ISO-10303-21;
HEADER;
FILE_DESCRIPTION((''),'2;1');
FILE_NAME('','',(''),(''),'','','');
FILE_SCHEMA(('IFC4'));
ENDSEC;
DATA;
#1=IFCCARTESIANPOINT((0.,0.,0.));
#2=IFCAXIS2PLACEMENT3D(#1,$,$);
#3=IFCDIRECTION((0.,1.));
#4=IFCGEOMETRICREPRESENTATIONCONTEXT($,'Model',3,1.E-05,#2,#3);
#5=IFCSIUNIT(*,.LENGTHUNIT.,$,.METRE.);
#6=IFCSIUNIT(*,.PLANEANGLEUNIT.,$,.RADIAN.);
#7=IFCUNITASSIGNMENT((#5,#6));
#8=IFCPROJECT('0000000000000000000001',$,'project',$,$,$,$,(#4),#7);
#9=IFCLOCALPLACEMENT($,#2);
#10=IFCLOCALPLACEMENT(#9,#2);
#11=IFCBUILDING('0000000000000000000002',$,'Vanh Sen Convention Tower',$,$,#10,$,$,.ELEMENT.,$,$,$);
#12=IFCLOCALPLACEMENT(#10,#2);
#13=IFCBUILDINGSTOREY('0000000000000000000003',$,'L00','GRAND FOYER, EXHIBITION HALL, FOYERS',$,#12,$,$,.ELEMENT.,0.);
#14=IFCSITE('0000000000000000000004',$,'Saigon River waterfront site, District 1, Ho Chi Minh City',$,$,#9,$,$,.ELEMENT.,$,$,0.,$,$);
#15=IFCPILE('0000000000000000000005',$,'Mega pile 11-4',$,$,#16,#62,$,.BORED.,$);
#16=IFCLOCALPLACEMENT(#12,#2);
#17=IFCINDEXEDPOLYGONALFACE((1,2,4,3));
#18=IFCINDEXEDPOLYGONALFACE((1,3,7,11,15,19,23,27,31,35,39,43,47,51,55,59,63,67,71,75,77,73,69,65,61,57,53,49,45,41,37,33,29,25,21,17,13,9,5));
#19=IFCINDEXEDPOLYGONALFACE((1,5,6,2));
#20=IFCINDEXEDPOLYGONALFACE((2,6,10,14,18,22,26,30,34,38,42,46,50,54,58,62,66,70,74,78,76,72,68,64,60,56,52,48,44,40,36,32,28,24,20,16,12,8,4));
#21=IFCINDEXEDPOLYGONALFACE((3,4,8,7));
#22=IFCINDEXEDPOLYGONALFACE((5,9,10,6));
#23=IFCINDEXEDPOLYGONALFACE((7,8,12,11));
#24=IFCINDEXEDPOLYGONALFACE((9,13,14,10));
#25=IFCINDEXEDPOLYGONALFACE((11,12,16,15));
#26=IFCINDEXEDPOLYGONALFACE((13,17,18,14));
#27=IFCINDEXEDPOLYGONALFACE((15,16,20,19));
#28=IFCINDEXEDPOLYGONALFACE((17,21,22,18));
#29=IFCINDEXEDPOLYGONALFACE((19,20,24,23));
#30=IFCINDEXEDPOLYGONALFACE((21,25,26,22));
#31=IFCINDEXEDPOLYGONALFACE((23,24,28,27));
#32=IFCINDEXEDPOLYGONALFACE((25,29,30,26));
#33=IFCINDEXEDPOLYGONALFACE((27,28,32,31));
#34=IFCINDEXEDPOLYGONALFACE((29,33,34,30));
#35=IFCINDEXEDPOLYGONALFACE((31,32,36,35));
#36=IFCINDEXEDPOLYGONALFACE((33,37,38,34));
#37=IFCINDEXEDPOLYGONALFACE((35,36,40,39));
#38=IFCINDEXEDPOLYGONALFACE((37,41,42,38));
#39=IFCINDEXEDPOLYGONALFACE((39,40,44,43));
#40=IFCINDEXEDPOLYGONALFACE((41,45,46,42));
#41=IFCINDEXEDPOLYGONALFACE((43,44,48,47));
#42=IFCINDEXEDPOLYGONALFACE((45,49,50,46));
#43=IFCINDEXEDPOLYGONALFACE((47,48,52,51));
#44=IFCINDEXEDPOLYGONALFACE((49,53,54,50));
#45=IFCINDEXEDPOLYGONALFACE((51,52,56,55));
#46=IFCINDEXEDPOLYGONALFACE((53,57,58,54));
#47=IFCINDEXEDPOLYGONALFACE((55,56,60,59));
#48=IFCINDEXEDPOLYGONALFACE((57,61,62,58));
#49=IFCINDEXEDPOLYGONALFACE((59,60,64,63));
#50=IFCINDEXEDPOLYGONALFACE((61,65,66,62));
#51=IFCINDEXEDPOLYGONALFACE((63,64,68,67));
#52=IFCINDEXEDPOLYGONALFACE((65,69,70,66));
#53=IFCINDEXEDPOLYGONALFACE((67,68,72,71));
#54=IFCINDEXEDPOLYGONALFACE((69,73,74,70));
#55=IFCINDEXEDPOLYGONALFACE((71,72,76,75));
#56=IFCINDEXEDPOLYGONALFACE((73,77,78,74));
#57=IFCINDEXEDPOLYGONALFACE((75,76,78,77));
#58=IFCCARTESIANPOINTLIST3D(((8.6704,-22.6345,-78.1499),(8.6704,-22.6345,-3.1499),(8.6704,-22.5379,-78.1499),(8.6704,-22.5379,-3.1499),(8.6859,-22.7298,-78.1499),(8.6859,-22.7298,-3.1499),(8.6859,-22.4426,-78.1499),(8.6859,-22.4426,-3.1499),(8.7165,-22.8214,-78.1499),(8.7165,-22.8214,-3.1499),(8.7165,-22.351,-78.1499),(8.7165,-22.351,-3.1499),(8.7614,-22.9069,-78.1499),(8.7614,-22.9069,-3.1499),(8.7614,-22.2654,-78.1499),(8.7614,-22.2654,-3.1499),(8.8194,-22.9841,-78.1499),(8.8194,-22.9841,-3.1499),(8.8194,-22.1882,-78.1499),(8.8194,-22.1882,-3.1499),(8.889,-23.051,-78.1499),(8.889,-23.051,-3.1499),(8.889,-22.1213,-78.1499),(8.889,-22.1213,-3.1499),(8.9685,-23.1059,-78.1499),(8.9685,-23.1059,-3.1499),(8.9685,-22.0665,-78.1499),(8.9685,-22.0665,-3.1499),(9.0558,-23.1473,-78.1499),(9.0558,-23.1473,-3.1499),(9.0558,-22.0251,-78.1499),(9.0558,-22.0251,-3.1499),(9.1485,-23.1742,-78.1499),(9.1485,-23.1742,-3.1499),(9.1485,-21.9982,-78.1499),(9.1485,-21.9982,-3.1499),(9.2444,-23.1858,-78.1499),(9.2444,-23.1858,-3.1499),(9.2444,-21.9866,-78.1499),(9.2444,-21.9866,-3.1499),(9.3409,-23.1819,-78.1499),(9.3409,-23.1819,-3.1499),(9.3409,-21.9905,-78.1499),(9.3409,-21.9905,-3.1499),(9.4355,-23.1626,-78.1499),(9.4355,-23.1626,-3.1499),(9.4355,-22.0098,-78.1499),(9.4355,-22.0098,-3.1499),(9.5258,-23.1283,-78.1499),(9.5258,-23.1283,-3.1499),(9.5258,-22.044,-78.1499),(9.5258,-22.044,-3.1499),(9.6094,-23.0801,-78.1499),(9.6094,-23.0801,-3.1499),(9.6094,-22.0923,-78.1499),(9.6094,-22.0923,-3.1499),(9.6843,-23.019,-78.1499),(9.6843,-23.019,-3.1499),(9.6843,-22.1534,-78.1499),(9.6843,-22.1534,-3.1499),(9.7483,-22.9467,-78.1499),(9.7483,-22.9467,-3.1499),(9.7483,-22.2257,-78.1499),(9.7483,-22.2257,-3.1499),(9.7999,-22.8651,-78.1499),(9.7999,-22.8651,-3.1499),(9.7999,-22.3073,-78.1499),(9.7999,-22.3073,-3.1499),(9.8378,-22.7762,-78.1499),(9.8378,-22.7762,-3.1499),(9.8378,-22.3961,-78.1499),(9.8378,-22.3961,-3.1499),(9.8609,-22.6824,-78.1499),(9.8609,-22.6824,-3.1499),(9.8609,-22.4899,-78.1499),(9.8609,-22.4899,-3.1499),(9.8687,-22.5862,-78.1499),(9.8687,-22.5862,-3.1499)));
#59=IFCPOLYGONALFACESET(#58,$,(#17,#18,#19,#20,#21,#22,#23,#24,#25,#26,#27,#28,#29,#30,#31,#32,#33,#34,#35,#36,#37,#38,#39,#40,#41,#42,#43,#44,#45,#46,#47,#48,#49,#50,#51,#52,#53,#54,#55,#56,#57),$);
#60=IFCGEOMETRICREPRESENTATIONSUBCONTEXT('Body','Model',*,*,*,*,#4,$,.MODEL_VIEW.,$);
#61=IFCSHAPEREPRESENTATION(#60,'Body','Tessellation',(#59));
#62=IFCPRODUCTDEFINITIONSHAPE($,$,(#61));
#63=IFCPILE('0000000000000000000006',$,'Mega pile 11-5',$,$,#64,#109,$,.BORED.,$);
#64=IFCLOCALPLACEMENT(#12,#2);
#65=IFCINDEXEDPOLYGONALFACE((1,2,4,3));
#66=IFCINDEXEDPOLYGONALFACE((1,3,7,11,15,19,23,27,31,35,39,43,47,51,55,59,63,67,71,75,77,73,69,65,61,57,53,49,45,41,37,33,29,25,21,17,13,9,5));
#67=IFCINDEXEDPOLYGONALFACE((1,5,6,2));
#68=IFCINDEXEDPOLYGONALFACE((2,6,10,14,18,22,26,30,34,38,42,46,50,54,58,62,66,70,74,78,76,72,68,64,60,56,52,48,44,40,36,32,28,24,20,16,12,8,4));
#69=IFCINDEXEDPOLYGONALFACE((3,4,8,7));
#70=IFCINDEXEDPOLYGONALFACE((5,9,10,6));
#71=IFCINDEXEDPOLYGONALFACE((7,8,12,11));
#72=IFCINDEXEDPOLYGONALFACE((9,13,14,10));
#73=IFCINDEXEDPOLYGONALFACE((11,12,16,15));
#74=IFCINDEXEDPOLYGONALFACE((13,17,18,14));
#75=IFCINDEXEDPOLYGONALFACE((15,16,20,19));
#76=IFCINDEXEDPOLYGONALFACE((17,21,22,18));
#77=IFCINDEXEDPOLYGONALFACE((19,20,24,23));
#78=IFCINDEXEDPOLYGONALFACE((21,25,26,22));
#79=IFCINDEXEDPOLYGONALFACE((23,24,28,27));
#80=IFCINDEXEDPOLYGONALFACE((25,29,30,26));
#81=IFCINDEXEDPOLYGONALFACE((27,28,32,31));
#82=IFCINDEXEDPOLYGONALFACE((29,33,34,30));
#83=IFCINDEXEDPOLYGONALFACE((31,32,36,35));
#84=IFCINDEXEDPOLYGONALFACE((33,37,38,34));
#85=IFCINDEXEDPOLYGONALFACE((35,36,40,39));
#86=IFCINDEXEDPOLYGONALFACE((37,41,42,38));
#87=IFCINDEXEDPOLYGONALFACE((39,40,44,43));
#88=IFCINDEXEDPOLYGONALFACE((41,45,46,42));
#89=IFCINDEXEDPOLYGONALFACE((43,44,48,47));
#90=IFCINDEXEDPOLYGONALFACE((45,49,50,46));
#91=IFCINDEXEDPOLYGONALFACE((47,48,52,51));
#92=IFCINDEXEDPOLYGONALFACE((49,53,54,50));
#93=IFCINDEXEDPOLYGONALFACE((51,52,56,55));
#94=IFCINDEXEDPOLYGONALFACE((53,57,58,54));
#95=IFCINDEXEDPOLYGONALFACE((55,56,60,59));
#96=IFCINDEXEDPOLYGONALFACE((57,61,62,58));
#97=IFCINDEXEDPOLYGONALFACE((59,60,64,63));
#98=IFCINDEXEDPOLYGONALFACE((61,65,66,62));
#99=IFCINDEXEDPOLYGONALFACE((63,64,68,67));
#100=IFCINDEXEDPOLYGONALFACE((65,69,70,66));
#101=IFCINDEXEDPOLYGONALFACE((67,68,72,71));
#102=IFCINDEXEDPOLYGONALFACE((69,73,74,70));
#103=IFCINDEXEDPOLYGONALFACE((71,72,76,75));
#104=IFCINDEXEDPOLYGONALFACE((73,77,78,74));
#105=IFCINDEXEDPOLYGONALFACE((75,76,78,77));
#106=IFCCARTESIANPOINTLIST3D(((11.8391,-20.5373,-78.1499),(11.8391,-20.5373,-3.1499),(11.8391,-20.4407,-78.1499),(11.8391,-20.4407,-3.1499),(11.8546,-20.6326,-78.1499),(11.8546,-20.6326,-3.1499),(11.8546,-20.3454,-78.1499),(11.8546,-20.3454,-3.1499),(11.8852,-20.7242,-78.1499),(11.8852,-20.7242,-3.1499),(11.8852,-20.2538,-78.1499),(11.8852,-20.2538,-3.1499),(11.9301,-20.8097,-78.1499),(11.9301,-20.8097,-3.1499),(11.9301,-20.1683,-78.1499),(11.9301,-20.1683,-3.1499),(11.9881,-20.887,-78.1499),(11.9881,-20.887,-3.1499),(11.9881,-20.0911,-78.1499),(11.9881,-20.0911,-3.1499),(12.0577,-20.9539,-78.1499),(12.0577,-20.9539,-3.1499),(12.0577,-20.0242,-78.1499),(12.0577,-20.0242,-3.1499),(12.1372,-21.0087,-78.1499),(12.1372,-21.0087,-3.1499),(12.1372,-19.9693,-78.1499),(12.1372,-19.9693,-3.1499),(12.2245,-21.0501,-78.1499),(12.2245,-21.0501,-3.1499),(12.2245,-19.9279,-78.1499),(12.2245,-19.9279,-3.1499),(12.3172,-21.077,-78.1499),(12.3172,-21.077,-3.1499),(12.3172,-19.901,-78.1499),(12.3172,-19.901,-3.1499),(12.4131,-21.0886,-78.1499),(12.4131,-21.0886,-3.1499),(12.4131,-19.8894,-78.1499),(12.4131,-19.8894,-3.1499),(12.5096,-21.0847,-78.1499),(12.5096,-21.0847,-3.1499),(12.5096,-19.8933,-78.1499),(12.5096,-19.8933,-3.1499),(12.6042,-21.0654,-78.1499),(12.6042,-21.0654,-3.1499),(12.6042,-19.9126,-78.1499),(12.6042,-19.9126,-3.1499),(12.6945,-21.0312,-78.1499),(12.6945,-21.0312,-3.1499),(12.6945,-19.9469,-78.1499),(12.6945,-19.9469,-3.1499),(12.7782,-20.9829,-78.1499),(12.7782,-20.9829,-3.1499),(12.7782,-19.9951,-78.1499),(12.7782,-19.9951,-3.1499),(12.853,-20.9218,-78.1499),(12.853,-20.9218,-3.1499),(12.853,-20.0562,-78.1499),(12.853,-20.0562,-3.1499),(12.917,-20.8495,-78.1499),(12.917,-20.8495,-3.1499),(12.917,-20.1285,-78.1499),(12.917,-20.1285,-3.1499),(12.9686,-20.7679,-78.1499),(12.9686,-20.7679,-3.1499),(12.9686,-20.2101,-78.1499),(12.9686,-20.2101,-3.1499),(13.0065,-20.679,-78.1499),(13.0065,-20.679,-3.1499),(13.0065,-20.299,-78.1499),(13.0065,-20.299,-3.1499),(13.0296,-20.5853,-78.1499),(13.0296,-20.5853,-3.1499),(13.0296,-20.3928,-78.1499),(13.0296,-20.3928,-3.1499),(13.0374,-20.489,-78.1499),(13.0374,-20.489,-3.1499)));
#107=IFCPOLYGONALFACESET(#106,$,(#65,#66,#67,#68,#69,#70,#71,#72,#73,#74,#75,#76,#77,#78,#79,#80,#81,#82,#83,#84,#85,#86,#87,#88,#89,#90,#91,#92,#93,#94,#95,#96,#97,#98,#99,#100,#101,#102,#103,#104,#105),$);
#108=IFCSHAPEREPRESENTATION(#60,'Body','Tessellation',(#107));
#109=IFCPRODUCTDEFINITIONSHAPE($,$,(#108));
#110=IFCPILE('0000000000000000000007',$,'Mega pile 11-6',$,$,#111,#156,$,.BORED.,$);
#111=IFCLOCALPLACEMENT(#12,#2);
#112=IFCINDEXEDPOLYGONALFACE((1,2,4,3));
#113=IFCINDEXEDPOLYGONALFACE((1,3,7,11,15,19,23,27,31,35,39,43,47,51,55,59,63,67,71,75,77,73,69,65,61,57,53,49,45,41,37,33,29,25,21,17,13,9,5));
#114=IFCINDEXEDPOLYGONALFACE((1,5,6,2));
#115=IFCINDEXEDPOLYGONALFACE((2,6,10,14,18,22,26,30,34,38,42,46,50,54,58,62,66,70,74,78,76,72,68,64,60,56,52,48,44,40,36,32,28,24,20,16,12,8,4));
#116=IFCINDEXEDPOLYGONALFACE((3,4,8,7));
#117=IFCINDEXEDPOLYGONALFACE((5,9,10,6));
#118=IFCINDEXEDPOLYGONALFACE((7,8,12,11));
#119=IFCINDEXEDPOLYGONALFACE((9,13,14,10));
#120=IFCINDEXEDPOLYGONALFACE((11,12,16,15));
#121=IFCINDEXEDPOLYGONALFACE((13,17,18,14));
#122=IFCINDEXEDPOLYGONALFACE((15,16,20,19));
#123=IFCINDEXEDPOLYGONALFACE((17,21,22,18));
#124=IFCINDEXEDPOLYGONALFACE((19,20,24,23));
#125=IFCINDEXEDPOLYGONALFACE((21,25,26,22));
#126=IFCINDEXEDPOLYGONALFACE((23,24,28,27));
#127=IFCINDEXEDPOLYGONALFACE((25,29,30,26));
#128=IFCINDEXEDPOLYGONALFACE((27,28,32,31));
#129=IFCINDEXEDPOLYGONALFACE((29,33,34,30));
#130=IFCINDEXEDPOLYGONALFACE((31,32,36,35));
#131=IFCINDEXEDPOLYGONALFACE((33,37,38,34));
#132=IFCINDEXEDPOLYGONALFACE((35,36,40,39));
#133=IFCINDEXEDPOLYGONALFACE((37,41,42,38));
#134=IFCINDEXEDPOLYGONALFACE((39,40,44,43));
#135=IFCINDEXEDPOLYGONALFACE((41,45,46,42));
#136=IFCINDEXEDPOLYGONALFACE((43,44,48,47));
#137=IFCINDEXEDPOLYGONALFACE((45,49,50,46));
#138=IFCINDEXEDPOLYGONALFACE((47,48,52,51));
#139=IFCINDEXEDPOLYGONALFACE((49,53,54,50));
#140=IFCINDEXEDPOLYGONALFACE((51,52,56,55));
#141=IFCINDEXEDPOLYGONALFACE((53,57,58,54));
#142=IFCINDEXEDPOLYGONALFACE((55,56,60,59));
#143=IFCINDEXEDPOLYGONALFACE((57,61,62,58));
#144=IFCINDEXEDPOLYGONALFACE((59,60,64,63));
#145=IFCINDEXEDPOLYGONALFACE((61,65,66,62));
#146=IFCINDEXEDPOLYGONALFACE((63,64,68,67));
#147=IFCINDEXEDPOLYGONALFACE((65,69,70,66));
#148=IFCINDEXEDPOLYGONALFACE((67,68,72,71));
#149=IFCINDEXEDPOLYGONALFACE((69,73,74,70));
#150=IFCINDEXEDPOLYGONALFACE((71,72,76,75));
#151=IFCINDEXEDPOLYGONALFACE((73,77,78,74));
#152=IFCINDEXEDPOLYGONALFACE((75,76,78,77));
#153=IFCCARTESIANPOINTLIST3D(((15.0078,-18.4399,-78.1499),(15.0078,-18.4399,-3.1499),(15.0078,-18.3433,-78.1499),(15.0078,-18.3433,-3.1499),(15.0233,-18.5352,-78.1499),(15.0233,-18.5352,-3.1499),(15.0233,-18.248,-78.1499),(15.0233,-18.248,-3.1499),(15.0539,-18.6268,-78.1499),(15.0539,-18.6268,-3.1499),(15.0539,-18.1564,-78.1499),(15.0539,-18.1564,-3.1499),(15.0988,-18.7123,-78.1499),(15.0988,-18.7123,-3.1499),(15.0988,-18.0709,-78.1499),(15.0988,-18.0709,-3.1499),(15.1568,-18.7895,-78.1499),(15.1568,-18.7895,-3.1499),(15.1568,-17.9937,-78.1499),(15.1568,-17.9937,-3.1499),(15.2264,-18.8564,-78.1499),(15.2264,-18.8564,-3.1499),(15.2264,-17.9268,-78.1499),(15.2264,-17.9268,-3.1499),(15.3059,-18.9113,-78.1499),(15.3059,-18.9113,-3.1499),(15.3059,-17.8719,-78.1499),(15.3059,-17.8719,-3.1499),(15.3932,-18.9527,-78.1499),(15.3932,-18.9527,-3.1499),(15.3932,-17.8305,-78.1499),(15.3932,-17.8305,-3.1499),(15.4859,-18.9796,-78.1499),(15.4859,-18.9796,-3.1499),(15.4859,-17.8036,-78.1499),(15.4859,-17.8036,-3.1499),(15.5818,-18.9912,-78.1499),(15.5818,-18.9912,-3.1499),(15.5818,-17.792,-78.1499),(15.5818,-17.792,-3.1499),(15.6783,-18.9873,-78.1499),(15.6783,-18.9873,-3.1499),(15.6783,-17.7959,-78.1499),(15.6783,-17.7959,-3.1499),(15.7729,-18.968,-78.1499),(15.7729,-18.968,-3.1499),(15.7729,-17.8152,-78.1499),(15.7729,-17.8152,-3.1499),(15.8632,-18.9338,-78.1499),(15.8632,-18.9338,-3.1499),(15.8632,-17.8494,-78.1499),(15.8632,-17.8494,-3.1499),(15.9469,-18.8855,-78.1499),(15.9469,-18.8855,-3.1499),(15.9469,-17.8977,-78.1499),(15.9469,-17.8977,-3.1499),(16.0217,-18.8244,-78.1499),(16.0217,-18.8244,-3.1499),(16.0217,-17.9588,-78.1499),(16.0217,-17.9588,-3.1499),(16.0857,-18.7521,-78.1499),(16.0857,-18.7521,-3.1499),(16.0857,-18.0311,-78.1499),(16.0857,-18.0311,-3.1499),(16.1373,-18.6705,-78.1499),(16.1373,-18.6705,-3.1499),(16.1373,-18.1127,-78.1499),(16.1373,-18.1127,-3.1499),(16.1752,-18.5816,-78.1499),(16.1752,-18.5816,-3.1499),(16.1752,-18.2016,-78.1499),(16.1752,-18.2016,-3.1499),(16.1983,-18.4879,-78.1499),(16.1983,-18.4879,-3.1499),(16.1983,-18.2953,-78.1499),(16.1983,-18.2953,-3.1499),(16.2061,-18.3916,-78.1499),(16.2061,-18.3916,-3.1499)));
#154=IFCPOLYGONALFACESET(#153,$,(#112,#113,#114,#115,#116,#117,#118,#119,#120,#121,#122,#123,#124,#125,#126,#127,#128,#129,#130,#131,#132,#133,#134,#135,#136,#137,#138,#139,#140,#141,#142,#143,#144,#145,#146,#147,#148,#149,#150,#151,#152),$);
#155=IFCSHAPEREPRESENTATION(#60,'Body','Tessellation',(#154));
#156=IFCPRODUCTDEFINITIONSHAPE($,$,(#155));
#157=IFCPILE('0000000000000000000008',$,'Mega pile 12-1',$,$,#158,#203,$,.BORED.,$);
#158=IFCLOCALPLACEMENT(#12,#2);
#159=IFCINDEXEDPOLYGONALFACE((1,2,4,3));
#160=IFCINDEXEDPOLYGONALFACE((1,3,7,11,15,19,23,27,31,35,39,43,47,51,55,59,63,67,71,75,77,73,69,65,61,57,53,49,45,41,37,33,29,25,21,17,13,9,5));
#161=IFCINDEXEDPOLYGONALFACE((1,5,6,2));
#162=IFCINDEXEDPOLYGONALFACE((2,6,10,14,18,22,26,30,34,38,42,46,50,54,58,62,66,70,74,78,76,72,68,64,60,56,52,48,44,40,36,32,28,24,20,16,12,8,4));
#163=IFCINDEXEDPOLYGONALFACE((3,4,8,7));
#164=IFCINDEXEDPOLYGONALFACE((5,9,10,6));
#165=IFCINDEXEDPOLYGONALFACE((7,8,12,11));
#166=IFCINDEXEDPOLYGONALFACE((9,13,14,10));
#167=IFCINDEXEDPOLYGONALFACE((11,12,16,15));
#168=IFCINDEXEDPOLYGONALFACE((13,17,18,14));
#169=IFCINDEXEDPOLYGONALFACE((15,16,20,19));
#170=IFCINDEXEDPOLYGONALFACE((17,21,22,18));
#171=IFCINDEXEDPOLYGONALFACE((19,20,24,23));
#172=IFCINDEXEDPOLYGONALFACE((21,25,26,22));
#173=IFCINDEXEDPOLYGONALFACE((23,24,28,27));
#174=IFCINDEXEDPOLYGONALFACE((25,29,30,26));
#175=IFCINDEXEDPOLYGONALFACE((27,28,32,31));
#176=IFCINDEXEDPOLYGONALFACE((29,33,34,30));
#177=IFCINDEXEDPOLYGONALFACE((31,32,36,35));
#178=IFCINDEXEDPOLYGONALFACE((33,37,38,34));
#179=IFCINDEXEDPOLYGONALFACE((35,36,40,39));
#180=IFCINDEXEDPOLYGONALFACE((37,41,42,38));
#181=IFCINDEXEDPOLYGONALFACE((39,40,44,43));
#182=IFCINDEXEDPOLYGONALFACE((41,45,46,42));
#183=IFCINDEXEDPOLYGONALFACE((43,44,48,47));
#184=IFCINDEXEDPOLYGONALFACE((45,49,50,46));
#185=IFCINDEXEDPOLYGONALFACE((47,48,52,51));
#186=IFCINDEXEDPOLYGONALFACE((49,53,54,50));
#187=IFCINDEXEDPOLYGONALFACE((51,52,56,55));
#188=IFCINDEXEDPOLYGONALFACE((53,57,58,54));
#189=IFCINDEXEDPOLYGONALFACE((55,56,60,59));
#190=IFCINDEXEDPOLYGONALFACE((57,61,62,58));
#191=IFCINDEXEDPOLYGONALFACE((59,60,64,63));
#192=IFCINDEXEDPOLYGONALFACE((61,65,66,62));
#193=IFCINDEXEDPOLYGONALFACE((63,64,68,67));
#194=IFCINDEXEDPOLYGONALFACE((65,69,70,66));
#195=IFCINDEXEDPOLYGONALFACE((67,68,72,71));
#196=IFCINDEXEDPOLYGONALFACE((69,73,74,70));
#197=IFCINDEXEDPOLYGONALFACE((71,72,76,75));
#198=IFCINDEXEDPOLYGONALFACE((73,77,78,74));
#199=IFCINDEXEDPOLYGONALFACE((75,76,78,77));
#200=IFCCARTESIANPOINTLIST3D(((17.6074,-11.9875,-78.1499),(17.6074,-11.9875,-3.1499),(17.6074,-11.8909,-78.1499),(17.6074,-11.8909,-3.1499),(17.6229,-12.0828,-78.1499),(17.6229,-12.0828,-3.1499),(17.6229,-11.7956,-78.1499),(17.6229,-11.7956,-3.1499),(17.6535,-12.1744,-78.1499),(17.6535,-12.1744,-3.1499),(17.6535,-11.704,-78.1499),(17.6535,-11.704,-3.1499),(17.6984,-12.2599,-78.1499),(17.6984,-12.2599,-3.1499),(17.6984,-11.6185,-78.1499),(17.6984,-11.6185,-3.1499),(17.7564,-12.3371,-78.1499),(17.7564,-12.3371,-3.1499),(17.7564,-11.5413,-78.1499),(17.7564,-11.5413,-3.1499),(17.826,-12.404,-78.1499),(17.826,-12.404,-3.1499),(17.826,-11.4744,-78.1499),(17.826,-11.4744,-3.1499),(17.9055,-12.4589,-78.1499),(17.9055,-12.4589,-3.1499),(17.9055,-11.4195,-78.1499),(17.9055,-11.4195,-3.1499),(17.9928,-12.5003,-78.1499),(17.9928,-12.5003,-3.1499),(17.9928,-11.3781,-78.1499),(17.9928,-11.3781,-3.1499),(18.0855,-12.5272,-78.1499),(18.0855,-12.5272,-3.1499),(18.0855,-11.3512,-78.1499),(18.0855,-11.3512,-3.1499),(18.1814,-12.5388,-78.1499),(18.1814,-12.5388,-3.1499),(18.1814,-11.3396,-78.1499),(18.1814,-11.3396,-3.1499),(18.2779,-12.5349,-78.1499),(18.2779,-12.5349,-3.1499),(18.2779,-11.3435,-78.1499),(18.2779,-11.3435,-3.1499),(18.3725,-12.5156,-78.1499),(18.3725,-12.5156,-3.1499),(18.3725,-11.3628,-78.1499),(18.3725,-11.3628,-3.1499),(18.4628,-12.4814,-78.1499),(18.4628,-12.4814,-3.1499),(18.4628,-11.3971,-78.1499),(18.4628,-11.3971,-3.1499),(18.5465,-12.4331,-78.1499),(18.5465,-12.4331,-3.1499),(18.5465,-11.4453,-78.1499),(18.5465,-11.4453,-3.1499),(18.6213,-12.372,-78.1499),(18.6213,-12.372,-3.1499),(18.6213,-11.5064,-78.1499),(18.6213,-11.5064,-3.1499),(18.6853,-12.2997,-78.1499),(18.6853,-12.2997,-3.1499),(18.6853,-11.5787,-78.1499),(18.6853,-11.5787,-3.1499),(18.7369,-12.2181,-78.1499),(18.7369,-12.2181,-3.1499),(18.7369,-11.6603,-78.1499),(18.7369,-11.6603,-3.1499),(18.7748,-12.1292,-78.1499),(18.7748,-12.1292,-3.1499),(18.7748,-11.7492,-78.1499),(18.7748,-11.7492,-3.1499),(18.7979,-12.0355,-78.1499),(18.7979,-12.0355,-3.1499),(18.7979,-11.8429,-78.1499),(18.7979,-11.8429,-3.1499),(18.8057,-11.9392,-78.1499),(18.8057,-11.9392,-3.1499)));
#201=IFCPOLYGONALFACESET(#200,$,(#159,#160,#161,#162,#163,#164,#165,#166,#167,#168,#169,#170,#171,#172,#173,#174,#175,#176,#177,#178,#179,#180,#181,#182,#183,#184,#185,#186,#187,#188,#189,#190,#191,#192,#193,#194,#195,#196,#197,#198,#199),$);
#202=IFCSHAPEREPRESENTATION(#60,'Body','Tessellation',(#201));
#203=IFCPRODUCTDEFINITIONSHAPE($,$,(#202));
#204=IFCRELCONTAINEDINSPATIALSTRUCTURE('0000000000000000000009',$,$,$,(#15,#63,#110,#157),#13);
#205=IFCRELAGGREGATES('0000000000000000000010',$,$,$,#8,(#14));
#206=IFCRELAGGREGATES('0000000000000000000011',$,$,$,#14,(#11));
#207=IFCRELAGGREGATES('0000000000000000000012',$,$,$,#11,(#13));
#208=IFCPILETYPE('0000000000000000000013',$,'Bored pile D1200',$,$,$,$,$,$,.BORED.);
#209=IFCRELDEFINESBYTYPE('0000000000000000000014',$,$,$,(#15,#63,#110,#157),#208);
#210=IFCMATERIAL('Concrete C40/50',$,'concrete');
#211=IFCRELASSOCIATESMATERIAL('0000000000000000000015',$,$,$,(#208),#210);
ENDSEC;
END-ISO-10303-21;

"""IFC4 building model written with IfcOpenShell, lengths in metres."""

from ifc_helpers import new_model, si_unit, direction, frame, origin, origin_2d, place, context, subcontext, project, spatial, circle, extrude, material, material_profile, profile_set, type_object, element, save


model = new_model("IFC4")

# Units and contexts
model_context = context("Model", 3, precision=1e-05, world=origin(), true_north=direction((0.0, 1.0)))
body_context = subcontext(model_context, "Body", "Model", "MODEL_VIEW")
ifc_project = project(units=[si_unit("LENGTHUNIT", "METRE"), si_unit("PLANEANGLEUNIT", "RADIAN")], contexts=[model_context])

# Site, building, storey
site_placement = place(None, origin())
site = spatial("IfcSite", under=ifc_project, at=site_placement, Name="Saigon River waterfront site, District 1, Ho Chi Minh City", CompositionType="ELEMENT", RefElevation=0.0)
building_placement = place(site_placement, origin())
building = spatial("IfcBuilding", under=site, at=building_placement, Name="Vanh Sen Convention Tower", CompositionType="ELEMENT")
storey_placement = place(building_placement, origin())
storey = spatial("IfcBuildingStorey", under=building, at=storey_placement, Name="L00", Description="GRAND FOYER, EXHIBITION HALL, FOYERS", CompositionType="ELEMENT", Elevation=0.0)

# Piles
ifc_material_1 = material(Name="Concrete C40/50", Category="concrete")
ifc_material_profile_1 = material_profile(ifc_material_1, circle(Radius=0.6001, at=origin_2d()), Name="Bored pile D1200")
ifc_profile_set_1 = profile_set([ifc_material_profile_1], Name="Concrete C40/50")
pile_type_1 = type_object("IfcPileType", Name="Bored pile D1200", PredefinedType="BORED", material=ifc_profile_set_1)
for number, where, z_axis, x_axis, name in (
    (1, (9.2686, -22.5862, -3.1499), (0.0, 0.0, -1.0), (1.0, 0.0, 0.0), "Mega pile 11-4"),
    (2, (12.4373, -20.489, -3.1499), (0.0, 0.0, -1.0), (1.0, 0.0, 0.0), "Mega pile 11-5"),
    (3, (15.606, -18.3916, -3.1499), (0.0, 0.0, -1.0), (1.0, 0.0, 0.0), "Mega pile 11-6"),
    (4, (18.2056, -11.9392, -3.1499), (0.0, 0.0, -1.0), (1.0, 0.0, 0.0), "Mega pile 12-1"),
):
    element("IfcPile", number, at=place(storey_placement, frame(where, z_axis=z_axis, x_axis=x_axis)), inside=storey, type_object=pile_type_1, Name=name, PredefinedType="BORED", context=body_context, shape_type="SweptSolid", body=[
        extrude(circle(Radius=0.6001, at=origin_2d()), origin(), (0.0, 0.0, 1.0), 75.0),
    ])

save(model, "model.ifc")
